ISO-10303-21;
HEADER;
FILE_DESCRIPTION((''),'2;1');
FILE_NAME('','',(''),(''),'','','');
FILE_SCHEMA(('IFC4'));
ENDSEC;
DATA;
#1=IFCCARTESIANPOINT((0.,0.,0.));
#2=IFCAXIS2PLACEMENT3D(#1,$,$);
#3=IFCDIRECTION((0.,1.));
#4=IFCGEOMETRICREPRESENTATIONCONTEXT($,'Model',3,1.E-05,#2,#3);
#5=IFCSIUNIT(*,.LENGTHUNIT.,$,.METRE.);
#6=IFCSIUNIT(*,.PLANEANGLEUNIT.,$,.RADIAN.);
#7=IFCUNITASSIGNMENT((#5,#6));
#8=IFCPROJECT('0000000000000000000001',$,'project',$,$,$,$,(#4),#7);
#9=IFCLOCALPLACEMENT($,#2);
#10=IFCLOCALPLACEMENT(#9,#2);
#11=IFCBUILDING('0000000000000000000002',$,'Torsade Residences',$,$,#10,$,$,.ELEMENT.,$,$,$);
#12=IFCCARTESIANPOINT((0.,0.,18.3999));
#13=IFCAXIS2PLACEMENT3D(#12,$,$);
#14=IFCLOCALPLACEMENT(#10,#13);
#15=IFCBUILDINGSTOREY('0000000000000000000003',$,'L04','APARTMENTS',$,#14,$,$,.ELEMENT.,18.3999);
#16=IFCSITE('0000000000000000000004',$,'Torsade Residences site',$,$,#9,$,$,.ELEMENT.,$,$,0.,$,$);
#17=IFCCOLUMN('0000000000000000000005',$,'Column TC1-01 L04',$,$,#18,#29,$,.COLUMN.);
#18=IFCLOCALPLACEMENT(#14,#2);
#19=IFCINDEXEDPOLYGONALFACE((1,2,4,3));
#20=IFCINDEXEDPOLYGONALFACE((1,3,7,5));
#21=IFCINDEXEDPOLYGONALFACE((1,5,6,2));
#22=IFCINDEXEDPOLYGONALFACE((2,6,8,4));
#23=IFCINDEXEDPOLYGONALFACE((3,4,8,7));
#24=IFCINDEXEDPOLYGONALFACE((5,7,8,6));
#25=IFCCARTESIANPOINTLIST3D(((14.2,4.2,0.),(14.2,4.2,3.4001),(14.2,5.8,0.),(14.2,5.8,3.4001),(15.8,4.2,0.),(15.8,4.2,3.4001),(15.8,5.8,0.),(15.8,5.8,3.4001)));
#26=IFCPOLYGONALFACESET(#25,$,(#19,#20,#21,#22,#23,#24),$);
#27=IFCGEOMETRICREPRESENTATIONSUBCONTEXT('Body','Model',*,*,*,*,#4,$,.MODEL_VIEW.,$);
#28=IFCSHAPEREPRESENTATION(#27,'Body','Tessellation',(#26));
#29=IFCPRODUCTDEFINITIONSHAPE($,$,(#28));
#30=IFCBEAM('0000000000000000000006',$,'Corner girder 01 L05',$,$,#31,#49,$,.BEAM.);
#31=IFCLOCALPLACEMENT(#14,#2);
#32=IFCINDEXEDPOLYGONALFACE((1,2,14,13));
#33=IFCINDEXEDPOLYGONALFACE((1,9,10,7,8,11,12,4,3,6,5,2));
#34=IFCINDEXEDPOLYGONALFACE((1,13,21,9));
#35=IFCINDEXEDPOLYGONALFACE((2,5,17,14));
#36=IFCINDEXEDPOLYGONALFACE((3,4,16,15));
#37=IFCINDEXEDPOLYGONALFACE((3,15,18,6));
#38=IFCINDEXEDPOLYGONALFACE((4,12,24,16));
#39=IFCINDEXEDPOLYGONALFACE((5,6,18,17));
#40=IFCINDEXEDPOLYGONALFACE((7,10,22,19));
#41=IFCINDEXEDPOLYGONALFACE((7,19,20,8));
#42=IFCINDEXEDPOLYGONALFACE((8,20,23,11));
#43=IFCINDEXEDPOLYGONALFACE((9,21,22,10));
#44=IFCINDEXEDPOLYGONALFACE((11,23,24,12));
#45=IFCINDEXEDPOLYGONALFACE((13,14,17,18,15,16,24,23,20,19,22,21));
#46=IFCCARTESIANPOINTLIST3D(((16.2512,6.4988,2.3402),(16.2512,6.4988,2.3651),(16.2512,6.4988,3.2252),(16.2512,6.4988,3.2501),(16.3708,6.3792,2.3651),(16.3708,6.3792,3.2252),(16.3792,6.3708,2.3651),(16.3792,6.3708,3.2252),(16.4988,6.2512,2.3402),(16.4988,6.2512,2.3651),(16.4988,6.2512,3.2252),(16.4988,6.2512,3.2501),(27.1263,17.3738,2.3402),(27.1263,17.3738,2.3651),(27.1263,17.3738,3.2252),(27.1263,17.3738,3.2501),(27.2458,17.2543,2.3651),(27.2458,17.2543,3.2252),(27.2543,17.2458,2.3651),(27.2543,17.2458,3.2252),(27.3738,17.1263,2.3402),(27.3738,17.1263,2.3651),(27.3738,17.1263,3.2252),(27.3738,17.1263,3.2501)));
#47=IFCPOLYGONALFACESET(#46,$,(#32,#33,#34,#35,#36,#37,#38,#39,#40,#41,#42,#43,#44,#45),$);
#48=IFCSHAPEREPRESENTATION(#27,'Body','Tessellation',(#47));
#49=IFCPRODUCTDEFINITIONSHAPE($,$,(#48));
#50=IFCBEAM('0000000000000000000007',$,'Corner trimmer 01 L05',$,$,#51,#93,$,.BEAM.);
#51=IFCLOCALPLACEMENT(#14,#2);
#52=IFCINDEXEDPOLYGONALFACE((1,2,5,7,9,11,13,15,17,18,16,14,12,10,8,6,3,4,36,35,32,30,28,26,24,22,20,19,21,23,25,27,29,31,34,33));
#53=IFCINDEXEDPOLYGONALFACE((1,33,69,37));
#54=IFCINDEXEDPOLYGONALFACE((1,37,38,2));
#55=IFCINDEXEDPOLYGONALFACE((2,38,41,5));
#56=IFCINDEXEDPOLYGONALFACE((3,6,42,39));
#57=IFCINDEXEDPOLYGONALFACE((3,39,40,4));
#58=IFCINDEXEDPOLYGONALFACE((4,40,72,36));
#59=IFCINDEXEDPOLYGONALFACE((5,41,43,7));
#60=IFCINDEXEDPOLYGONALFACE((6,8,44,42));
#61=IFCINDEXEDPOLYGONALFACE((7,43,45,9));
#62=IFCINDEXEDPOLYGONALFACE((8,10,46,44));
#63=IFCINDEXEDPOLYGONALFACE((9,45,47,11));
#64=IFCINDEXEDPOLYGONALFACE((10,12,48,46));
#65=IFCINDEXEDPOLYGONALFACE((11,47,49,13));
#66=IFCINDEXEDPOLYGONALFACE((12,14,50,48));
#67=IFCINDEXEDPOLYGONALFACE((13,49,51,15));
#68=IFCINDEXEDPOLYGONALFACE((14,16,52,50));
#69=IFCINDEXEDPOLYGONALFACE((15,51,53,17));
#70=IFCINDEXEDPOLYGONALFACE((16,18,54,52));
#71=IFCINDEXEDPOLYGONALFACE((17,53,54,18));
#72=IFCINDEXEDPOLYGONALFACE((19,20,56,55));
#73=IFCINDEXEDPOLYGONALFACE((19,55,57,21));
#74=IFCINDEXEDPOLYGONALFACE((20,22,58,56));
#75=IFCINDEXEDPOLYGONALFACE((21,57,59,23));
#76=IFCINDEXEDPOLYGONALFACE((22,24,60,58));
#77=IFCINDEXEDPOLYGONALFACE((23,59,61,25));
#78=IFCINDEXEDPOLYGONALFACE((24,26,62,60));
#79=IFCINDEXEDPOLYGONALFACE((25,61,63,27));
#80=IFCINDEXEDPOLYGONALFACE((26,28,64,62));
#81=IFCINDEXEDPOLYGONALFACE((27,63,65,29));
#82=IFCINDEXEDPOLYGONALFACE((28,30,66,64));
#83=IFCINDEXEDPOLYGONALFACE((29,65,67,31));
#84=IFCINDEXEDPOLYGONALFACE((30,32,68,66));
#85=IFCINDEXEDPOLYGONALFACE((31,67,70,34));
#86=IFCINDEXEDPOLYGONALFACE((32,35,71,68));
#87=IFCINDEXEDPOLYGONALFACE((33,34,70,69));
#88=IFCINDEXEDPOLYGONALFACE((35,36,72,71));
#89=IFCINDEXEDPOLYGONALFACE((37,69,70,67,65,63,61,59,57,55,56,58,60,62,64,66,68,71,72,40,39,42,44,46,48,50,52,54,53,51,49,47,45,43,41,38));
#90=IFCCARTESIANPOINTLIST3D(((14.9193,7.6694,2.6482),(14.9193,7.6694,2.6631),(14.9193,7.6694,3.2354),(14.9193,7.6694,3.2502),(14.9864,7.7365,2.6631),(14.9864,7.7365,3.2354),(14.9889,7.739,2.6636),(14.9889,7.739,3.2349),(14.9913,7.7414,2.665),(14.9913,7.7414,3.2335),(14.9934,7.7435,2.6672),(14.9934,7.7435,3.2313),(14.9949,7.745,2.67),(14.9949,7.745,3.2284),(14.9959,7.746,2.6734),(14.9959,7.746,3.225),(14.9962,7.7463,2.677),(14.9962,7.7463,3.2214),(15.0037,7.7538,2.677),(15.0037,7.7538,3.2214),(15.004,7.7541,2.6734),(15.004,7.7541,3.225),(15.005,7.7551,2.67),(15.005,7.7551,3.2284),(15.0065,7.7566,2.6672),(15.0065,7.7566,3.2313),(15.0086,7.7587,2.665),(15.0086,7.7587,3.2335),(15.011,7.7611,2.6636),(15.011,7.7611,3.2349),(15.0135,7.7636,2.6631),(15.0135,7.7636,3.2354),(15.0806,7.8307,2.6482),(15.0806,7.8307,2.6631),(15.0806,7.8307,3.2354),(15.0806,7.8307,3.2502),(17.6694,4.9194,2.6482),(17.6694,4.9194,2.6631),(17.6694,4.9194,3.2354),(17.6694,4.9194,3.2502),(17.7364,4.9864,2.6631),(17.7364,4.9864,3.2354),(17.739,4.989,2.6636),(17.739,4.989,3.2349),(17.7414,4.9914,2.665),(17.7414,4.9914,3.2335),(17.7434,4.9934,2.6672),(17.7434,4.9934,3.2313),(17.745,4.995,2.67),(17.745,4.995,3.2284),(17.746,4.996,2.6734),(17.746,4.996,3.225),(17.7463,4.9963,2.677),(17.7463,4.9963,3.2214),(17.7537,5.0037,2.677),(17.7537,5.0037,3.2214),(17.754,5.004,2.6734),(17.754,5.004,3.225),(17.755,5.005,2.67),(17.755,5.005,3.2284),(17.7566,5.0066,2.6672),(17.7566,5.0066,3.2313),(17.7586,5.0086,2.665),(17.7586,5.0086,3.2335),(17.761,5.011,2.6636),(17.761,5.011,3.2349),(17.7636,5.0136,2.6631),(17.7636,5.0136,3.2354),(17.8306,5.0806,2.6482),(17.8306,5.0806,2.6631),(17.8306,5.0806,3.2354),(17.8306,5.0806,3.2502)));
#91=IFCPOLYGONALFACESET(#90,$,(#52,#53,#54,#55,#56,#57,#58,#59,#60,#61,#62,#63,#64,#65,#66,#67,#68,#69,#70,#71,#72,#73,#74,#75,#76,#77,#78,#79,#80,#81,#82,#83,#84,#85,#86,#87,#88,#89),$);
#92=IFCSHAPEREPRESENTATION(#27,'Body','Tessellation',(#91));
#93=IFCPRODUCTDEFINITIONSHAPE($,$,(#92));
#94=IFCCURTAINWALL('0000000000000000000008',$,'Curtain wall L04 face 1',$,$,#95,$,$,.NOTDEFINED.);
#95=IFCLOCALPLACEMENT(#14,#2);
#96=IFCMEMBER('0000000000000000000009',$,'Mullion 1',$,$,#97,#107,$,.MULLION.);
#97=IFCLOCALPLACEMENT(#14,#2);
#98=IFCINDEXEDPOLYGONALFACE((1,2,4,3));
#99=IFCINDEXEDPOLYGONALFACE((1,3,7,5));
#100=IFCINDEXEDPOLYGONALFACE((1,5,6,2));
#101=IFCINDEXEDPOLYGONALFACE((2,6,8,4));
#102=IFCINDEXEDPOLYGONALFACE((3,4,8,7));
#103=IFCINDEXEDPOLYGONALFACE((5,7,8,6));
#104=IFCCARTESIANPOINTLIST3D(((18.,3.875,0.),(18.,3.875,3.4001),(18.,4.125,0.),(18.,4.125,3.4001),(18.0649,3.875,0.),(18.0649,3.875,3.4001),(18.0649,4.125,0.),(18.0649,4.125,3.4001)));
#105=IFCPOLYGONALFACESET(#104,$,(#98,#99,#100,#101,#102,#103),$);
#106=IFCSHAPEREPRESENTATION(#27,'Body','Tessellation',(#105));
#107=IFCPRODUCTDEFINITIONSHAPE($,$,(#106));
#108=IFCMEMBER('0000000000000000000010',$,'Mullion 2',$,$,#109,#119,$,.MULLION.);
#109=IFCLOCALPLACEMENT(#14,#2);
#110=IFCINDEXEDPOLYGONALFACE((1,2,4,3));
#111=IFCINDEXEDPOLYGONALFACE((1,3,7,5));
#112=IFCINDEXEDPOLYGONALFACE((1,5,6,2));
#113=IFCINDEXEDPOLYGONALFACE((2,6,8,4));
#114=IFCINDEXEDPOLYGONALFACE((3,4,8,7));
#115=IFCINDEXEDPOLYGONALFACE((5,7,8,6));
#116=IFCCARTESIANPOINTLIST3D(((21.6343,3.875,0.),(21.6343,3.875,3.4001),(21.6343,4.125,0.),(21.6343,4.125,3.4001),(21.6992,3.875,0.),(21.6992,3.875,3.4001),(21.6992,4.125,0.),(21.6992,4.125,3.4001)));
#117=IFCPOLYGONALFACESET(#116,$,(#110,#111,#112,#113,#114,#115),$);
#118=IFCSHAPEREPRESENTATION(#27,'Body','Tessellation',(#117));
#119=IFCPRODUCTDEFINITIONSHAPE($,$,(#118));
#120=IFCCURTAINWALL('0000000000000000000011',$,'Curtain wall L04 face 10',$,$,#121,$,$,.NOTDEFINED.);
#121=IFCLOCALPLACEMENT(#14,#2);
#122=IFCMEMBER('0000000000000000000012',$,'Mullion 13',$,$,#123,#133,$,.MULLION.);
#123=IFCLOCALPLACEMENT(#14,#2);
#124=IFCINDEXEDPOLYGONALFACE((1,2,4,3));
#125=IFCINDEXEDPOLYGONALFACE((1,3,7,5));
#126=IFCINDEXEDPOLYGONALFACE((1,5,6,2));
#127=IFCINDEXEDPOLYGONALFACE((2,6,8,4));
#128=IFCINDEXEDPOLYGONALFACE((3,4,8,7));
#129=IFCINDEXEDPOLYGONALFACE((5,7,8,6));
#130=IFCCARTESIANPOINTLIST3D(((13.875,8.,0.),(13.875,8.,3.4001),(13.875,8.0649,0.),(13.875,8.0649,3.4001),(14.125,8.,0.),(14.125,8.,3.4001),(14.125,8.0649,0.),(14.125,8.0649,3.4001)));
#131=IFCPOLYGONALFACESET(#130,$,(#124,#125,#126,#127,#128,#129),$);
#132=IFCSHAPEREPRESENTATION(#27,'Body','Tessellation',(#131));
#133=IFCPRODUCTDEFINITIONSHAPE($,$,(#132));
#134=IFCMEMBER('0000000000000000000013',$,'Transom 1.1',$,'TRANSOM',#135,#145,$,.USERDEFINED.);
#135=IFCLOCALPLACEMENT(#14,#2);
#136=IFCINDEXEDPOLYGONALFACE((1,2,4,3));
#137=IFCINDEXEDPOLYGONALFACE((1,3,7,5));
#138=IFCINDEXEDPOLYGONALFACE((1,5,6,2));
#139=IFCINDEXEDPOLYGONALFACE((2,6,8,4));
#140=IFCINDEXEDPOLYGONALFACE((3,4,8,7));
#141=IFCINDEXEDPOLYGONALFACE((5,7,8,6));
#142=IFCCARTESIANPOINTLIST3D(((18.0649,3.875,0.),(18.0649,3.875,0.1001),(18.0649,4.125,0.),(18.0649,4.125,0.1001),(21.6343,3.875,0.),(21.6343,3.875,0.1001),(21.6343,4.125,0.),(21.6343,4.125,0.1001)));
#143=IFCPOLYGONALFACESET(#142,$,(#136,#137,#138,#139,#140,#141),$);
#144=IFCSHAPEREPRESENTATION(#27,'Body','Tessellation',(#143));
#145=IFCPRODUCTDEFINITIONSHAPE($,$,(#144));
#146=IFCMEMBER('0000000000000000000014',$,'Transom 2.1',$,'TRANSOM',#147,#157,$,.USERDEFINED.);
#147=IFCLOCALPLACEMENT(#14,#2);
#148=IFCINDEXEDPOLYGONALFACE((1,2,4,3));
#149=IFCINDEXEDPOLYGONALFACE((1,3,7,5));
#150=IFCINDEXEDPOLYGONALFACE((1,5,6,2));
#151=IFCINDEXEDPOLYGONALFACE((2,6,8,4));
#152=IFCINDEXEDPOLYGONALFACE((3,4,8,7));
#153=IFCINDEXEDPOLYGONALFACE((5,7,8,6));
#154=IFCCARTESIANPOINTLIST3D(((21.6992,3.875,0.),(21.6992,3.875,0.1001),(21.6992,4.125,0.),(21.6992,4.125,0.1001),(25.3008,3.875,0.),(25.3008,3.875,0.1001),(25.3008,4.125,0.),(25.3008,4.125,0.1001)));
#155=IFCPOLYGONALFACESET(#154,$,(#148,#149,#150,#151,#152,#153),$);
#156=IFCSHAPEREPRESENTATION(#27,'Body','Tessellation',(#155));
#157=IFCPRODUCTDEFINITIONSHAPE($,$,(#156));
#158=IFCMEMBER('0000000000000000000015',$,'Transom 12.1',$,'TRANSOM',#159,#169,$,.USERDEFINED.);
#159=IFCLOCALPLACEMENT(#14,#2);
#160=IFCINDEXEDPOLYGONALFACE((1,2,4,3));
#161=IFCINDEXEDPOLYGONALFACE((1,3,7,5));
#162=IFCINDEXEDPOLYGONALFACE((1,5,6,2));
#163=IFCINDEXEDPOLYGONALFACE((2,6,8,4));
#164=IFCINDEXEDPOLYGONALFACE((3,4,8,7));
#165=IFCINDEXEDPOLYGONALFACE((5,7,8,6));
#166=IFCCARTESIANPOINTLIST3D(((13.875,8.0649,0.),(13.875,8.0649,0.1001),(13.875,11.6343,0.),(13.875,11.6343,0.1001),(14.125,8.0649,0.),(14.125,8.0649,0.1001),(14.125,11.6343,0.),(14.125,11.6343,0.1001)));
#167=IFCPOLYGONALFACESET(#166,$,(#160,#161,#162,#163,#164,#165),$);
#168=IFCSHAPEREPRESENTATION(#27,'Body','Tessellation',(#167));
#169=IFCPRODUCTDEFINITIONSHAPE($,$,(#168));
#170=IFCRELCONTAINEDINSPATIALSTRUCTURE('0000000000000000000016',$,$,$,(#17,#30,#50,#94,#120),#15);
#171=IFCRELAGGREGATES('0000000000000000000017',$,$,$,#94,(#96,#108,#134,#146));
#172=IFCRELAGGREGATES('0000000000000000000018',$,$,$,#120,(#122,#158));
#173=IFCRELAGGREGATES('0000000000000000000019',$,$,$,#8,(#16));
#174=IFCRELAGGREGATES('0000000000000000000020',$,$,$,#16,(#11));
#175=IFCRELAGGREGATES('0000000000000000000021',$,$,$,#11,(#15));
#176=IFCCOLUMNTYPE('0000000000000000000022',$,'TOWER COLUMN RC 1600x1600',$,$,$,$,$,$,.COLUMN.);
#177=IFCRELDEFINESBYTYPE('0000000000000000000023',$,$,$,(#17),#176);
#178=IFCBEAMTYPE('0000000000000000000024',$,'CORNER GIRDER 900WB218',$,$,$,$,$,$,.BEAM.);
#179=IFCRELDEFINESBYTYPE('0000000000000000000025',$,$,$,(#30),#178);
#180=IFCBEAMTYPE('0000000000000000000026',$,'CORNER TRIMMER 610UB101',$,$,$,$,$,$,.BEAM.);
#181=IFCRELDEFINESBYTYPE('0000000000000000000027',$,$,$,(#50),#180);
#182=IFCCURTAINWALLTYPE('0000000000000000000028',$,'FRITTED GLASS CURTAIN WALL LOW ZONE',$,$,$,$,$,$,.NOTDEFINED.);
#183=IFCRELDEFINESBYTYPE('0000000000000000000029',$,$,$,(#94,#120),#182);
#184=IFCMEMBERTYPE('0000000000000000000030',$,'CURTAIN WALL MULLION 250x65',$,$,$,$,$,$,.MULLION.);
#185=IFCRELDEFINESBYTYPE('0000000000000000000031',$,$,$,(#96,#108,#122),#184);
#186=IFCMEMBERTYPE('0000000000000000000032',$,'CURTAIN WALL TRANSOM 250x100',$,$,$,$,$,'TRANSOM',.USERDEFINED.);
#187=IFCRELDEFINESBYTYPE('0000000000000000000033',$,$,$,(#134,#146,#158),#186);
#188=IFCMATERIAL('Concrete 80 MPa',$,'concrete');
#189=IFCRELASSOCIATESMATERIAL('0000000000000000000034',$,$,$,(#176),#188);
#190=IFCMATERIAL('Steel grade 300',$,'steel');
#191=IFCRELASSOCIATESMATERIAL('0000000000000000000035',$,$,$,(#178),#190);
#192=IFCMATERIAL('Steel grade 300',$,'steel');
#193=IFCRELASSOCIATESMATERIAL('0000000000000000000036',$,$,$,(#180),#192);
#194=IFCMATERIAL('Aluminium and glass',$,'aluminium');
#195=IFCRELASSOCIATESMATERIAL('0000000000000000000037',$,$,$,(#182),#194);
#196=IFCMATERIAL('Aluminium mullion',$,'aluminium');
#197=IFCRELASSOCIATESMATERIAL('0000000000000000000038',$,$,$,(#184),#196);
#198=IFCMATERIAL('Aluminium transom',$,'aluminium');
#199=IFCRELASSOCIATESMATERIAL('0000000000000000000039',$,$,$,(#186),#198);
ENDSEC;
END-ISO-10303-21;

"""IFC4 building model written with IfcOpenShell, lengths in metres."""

from ifc_helpers import new_model, si_unit, direction, frame, origin, origin_2d, place, context, subcontext, project, spatial, rectangle, i_section, extrude, material, material_profile, profile_set, type_object, element, aggregate, save


model = new_model("IFC4")

# Units and contexts
model_context = context("Model", 3, precision=1e-05, world=origin(), true_north=direction((0.0, 1.0)))
body_context = subcontext(model_context, "Body", "Model", "MODEL_VIEW")
ifc_project = project(units=[si_unit("LENGTHUNIT", "METRE"), si_unit("PLANEANGLEUNIT", "RADIAN")], contexts=[model_context])

# Site, building, storey
site_placement = place(None, origin())
site = spatial("IfcSite", under=ifc_project, at=site_placement, Name="Torsade Residences site", CompositionType="ELEMENT", RefElevation=0.0)
building_placement = place(site_placement, origin())
building = spatial("IfcBuilding", under=site, at=building_placement, Name="Torsade Residences", CompositionType="ELEMENT")
storey_placement = place(building_placement, frame((0.0, 0.0, 18.3999)))
storey = spatial("IfcBuildingStorey", under=building, at=storey_placement, Name="L04", Description="APARTMENTS", CompositionType="ELEMENT", Elevation=18.3999)

# Column
ifc_material_1 = material(Name="Concrete 80 MPa", Category="concrete")
ifc_material_profile_1 = material_profile(ifc_material_1, rectangle(XDim=1.6001, YDim=1.6001, at=origin_2d()), Name="RC 1600x1600")
ifc_profile_set_1 = profile_set([ifc_material_profile_1], Name="Concrete 80 MPa")
column_type = type_object("IfcColumnType", Name="TOWER COLUMN RC 1600x1600", PredefinedType="COLUMN", material=ifc_profile_set_1)
column_placement = place(storey_placement, frame((15.0, 5.0, 0.0), z_axis=(0.0, 0.0, 1.0), x_axis=(1.0, 0.0, 0.0)))
element("IfcColumn", 1, at=column_placement, inside=storey, type_object=column_type, Name="Column TC1-01 L04", PredefinedType="COLUMN", context=body_context, shape_type="SweptSolid", body=[
    extrude(rectangle(XDim=1.6001, YDim=1.6001, at=origin_2d()), origin(), (0.0, 0.0, 1.0), 3.4001),
])

# Beams
ifc_material_2 = material(Name="Steel grade 300", Category="steel")
ifc_material_profile_2 = material_profile(ifc_material_2, i_section(OverallWidth=0.3501, OverallDepth=0.9099, WebThickness=0.012, FlangeThickness=0.0249, at=origin_2d()), Name="900WB218")
ifc_profile_set_2 = profile_set([ifc_material_profile_2], Name="Steel grade 300")
beam_type_1 = type_object("IfcBeamType", Name="CORNER GIRDER 900WB218", PredefinedType="BEAM", material=ifc_profile_set_2)
beam_1_placement = place(storey_placement, frame((16.375, 6.375, 2.7952), z_axis=(0.707107, 0.707107, 0.0), x_axis=(-0.707107, 0.707107, 0.0)))
element("IfcBeam", 2, at=beam_1_placement, inside=storey, type_object=beam_type_1, Name="Corner girder 01 L05", PredefinedType="BEAM", context=body_context, shape_type="SweptSolid", body=[
    extrude(i_section(OverallWidth=0.3501, OverallDepth=0.9099, WebThickness=0.012, FlangeThickness=0.0249, at=origin_2d()), origin(), (0.0, 0.0, 1.0), 15.3796),
])
ifc_material_3 = material(Name="Steel grade 300", Category="steel")
ifc_material_profile_3 = material_profile(ifc_material_3, i_section(OverallWidth=0.228, OverallDepth=0.6021, WebThickness=0.0105, FlangeThickness=0.0149, FilletRadius=0.0139, at=origin_2d()), Name="610UB101")
ifc_profile_set_3 = profile_set([ifc_material_profile_3], Name="Steel grade 300")
beam_type_2 = type_object("IfcBeamType", Name="CORNER TRIMMER 610UB101", PredefinedType="BEAM", material=ifc_profile_set_3)
beam_2_placement = place(storey_placement, frame((17.75, 5.0, 2.9492), z_axis=(-0.707107, 0.707107, 0.0), x_axis=(-0.707107, -0.707107, 0.0)))
element("IfcBeam", 3, at=beam_2_placement, inside=storey, type_object=beam_type_2, Name="Corner trimmer 01 L05", PredefinedType="BEAM", context=body_context, shape_type="SweptSolid", body=[
    extrude(i_section(OverallWidth=0.228, OverallDepth=0.6021, WebThickness=0.0105, FlangeThickness=0.0149, FilletRadius=0.0139, at=origin_2d()), origin(), (0.0, 0.0, 1.0), 3.8892),
])

# Curtain wall, members
ifc_material_4 = material(Name="Aluminium and glass", Category="aluminium")
curtain_wall_type = type_object("IfcCurtainWallType", Name="FRITTED GLASS CURTAIN WALL LOW ZONE", PredefinedType="NOTDEFINED", material=ifc_material_4)
curtain_wall_1_placement = place(storey_placement, origin())
curtain_wall_1 = element("IfcCurtainWall", 4, at=curtain_wall_1_placement, inside=storey, type_object=curtain_wall_type, Name="Curtain wall L04 face 1", PredefinedType="NOTDEFINED")
ifc_material_5 = material(Name="Aluminium mullion", Category="aluminium")
ifc_material_profile_4 = material_profile(ifc_material_5, rectangle(XDim=0.25, YDim=0.0649, at=origin_2d()), Name="CURTAIN WALL MULLION 250x65")
ifc_profile_set_4 = profile_set([ifc_material_profile_4], Name="Aluminium mullion")
member_type_1 = type_object("IfcMemberType", Name="CURTAIN WALL MULLION 250x65", PredefinedType="MULLION", material=ifc_profile_set_4)
member_1_placement = place(storey_placement, frame((18.0325, 4.0, 0.0), z_axis=(0.0, 0.0, 1.0), x_axis=(0.0, 1.0, 0.0)))
member_1 = element("IfcMember", 5, at=member_1_placement, type_object=member_type_1, Name="Mullion 1", PredefinedType="MULLION", context=body_context, shape_type="SweptSolid", body=[
    extrude(rectangle(XDim=0.25, YDim=0.0649, at=origin_2d()), origin(), (0.0, 0.0, 1.0), 3.4001),
])
member_2_placement = place(storey_placement, frame((21.6667, 4.0, 0.0), z_axis=(0.0, 0.0, 1.0), x_axis=(0.0, 1.0, 0.0)))
member_2 = element("IfcMember", 6, at=member_2_placement, type_object=member_type_1, Name="Mullion 2", PredefinedType="MULLION", context=body_context, shape_type="SweptSolid", body=[
    extrude(rectangle(XDim=0.25, YDim=0.0649, at=origin_2d()), origin(), (0.0, 0.0, 1.0), 3.4001),
])

# Curtain wall, member
curtain_wall_2_placement = place(storey_placement, origin())
curtain_wall_2 = element("IfcCurtainWall", 7, at=curtain_wall_2_placement, inside=storey, type_object=curtain_wall_type, Name="Curtain wall L04 face 10", PredefinedType="NOTDEFINED")
member_3_placement = place(storey_placement, frame((14.0, 8.0325, 0.0), z_axis=(0.0, 0.0, 1.0), x_axis=(1.0, 0.0, 0.0)))
member_3 = element("IfcMember", 8, at=member_3_placement, type_object=member_type_1, Name="Mullion 13", PredefinedType="MULLION", context=body_context, shape_type="SweptSolid", body=[
    extrude(rectangle(XDim=0.25, YDim=0.0649, at=origin_2d()), origin(), (0.0, 0.0, 1.0), 3.4001),
])

# Members
ifc_material_6 = material(Name="Aluminium transom", Category="aluminium")
ifc_material_profile_5 = material_profile(ifc_material_6, rectangle(XDim=0.25, YDim=0.1001, at=origin_2d()), Name="CURTAIN WALL TRANSOM 250x100")
ifc_profile_set_5 = profile_set([ifc_material_profile_5], Name="Aluminium transom")
member_type_2 = type_object("IfcMemberType", Name="CURTAIN WALL TRANSOM 250x100", ElementType="TRANSOM", PredefinedType="USERDEFINED", material=ifc_profile_set_5)
member_4_placement = place(storey_placement, frame((18.0649, 4.0, 0.05), z_axis=(1.0, 0.0, 0.0), x_axis=(0.0, 1.0, 0.0)))
member_4 = element("IfcMember", 9, at=member_4_placement, type_object=member_type_2, Name="Transom 1.1", ObjectType="TRANSOM", PredefinedType="USERDEFINED", context=body_context, shape_type="SweptSolid", body=[
    extrude(rectangle(XDim=0.25, YDim=0.1001, at=origin_2d()), origin(), (0.0, 0.0, 1.0), 3.5693),
])
member_5_placement = place(storey_placement, frame((21.6992, 4.0, 0.05), z_axis=(1.0, 0.0, 0.0), x_axis=(0.0, 1.0, 0.0)))
member_5 = element("IfcMember", 10, at=member_5_placement, type_object=member_type_2, Name="Transom 2.1", ObjectType="TRANSOM", PredefinedType="USERDEFINED", context=body_context, shape_type="SweptSolid", body=[
    extrude(rectangle(XDim=0.25, YDim=0.1001, at=origin_2d()), origin(), (0.0, 0.0, 1.0), 3.6016),
])
member_6_placement = place(storey_placement, frame((14.0, 11.6343, 0.05), z_axis=(0.0, -1.0, 0.0), x_axis=(1.0, 0.0, 0.0)))
member_6 = element("IfcMember", 11, at=member_6_placement, type_object=member_type_2, Name="Transom 12.1", ObjectType="TRANSOM", PredefinedType="USERDEFINED", context=body_context, shape_type="SweptSolid", body=[
    extrude(rectangle(XDim=0.25, YDim=0.1001, at=origin_2d()), origin(), (0.0, 0.0, 1.0), 3.5693),
])

aggregate(curtain_wall_1, [member_1, member_2, member_4, member_5])
aggregate(curtain_wall_2, [member_3, member_6])

save(model, "model.ifc")
